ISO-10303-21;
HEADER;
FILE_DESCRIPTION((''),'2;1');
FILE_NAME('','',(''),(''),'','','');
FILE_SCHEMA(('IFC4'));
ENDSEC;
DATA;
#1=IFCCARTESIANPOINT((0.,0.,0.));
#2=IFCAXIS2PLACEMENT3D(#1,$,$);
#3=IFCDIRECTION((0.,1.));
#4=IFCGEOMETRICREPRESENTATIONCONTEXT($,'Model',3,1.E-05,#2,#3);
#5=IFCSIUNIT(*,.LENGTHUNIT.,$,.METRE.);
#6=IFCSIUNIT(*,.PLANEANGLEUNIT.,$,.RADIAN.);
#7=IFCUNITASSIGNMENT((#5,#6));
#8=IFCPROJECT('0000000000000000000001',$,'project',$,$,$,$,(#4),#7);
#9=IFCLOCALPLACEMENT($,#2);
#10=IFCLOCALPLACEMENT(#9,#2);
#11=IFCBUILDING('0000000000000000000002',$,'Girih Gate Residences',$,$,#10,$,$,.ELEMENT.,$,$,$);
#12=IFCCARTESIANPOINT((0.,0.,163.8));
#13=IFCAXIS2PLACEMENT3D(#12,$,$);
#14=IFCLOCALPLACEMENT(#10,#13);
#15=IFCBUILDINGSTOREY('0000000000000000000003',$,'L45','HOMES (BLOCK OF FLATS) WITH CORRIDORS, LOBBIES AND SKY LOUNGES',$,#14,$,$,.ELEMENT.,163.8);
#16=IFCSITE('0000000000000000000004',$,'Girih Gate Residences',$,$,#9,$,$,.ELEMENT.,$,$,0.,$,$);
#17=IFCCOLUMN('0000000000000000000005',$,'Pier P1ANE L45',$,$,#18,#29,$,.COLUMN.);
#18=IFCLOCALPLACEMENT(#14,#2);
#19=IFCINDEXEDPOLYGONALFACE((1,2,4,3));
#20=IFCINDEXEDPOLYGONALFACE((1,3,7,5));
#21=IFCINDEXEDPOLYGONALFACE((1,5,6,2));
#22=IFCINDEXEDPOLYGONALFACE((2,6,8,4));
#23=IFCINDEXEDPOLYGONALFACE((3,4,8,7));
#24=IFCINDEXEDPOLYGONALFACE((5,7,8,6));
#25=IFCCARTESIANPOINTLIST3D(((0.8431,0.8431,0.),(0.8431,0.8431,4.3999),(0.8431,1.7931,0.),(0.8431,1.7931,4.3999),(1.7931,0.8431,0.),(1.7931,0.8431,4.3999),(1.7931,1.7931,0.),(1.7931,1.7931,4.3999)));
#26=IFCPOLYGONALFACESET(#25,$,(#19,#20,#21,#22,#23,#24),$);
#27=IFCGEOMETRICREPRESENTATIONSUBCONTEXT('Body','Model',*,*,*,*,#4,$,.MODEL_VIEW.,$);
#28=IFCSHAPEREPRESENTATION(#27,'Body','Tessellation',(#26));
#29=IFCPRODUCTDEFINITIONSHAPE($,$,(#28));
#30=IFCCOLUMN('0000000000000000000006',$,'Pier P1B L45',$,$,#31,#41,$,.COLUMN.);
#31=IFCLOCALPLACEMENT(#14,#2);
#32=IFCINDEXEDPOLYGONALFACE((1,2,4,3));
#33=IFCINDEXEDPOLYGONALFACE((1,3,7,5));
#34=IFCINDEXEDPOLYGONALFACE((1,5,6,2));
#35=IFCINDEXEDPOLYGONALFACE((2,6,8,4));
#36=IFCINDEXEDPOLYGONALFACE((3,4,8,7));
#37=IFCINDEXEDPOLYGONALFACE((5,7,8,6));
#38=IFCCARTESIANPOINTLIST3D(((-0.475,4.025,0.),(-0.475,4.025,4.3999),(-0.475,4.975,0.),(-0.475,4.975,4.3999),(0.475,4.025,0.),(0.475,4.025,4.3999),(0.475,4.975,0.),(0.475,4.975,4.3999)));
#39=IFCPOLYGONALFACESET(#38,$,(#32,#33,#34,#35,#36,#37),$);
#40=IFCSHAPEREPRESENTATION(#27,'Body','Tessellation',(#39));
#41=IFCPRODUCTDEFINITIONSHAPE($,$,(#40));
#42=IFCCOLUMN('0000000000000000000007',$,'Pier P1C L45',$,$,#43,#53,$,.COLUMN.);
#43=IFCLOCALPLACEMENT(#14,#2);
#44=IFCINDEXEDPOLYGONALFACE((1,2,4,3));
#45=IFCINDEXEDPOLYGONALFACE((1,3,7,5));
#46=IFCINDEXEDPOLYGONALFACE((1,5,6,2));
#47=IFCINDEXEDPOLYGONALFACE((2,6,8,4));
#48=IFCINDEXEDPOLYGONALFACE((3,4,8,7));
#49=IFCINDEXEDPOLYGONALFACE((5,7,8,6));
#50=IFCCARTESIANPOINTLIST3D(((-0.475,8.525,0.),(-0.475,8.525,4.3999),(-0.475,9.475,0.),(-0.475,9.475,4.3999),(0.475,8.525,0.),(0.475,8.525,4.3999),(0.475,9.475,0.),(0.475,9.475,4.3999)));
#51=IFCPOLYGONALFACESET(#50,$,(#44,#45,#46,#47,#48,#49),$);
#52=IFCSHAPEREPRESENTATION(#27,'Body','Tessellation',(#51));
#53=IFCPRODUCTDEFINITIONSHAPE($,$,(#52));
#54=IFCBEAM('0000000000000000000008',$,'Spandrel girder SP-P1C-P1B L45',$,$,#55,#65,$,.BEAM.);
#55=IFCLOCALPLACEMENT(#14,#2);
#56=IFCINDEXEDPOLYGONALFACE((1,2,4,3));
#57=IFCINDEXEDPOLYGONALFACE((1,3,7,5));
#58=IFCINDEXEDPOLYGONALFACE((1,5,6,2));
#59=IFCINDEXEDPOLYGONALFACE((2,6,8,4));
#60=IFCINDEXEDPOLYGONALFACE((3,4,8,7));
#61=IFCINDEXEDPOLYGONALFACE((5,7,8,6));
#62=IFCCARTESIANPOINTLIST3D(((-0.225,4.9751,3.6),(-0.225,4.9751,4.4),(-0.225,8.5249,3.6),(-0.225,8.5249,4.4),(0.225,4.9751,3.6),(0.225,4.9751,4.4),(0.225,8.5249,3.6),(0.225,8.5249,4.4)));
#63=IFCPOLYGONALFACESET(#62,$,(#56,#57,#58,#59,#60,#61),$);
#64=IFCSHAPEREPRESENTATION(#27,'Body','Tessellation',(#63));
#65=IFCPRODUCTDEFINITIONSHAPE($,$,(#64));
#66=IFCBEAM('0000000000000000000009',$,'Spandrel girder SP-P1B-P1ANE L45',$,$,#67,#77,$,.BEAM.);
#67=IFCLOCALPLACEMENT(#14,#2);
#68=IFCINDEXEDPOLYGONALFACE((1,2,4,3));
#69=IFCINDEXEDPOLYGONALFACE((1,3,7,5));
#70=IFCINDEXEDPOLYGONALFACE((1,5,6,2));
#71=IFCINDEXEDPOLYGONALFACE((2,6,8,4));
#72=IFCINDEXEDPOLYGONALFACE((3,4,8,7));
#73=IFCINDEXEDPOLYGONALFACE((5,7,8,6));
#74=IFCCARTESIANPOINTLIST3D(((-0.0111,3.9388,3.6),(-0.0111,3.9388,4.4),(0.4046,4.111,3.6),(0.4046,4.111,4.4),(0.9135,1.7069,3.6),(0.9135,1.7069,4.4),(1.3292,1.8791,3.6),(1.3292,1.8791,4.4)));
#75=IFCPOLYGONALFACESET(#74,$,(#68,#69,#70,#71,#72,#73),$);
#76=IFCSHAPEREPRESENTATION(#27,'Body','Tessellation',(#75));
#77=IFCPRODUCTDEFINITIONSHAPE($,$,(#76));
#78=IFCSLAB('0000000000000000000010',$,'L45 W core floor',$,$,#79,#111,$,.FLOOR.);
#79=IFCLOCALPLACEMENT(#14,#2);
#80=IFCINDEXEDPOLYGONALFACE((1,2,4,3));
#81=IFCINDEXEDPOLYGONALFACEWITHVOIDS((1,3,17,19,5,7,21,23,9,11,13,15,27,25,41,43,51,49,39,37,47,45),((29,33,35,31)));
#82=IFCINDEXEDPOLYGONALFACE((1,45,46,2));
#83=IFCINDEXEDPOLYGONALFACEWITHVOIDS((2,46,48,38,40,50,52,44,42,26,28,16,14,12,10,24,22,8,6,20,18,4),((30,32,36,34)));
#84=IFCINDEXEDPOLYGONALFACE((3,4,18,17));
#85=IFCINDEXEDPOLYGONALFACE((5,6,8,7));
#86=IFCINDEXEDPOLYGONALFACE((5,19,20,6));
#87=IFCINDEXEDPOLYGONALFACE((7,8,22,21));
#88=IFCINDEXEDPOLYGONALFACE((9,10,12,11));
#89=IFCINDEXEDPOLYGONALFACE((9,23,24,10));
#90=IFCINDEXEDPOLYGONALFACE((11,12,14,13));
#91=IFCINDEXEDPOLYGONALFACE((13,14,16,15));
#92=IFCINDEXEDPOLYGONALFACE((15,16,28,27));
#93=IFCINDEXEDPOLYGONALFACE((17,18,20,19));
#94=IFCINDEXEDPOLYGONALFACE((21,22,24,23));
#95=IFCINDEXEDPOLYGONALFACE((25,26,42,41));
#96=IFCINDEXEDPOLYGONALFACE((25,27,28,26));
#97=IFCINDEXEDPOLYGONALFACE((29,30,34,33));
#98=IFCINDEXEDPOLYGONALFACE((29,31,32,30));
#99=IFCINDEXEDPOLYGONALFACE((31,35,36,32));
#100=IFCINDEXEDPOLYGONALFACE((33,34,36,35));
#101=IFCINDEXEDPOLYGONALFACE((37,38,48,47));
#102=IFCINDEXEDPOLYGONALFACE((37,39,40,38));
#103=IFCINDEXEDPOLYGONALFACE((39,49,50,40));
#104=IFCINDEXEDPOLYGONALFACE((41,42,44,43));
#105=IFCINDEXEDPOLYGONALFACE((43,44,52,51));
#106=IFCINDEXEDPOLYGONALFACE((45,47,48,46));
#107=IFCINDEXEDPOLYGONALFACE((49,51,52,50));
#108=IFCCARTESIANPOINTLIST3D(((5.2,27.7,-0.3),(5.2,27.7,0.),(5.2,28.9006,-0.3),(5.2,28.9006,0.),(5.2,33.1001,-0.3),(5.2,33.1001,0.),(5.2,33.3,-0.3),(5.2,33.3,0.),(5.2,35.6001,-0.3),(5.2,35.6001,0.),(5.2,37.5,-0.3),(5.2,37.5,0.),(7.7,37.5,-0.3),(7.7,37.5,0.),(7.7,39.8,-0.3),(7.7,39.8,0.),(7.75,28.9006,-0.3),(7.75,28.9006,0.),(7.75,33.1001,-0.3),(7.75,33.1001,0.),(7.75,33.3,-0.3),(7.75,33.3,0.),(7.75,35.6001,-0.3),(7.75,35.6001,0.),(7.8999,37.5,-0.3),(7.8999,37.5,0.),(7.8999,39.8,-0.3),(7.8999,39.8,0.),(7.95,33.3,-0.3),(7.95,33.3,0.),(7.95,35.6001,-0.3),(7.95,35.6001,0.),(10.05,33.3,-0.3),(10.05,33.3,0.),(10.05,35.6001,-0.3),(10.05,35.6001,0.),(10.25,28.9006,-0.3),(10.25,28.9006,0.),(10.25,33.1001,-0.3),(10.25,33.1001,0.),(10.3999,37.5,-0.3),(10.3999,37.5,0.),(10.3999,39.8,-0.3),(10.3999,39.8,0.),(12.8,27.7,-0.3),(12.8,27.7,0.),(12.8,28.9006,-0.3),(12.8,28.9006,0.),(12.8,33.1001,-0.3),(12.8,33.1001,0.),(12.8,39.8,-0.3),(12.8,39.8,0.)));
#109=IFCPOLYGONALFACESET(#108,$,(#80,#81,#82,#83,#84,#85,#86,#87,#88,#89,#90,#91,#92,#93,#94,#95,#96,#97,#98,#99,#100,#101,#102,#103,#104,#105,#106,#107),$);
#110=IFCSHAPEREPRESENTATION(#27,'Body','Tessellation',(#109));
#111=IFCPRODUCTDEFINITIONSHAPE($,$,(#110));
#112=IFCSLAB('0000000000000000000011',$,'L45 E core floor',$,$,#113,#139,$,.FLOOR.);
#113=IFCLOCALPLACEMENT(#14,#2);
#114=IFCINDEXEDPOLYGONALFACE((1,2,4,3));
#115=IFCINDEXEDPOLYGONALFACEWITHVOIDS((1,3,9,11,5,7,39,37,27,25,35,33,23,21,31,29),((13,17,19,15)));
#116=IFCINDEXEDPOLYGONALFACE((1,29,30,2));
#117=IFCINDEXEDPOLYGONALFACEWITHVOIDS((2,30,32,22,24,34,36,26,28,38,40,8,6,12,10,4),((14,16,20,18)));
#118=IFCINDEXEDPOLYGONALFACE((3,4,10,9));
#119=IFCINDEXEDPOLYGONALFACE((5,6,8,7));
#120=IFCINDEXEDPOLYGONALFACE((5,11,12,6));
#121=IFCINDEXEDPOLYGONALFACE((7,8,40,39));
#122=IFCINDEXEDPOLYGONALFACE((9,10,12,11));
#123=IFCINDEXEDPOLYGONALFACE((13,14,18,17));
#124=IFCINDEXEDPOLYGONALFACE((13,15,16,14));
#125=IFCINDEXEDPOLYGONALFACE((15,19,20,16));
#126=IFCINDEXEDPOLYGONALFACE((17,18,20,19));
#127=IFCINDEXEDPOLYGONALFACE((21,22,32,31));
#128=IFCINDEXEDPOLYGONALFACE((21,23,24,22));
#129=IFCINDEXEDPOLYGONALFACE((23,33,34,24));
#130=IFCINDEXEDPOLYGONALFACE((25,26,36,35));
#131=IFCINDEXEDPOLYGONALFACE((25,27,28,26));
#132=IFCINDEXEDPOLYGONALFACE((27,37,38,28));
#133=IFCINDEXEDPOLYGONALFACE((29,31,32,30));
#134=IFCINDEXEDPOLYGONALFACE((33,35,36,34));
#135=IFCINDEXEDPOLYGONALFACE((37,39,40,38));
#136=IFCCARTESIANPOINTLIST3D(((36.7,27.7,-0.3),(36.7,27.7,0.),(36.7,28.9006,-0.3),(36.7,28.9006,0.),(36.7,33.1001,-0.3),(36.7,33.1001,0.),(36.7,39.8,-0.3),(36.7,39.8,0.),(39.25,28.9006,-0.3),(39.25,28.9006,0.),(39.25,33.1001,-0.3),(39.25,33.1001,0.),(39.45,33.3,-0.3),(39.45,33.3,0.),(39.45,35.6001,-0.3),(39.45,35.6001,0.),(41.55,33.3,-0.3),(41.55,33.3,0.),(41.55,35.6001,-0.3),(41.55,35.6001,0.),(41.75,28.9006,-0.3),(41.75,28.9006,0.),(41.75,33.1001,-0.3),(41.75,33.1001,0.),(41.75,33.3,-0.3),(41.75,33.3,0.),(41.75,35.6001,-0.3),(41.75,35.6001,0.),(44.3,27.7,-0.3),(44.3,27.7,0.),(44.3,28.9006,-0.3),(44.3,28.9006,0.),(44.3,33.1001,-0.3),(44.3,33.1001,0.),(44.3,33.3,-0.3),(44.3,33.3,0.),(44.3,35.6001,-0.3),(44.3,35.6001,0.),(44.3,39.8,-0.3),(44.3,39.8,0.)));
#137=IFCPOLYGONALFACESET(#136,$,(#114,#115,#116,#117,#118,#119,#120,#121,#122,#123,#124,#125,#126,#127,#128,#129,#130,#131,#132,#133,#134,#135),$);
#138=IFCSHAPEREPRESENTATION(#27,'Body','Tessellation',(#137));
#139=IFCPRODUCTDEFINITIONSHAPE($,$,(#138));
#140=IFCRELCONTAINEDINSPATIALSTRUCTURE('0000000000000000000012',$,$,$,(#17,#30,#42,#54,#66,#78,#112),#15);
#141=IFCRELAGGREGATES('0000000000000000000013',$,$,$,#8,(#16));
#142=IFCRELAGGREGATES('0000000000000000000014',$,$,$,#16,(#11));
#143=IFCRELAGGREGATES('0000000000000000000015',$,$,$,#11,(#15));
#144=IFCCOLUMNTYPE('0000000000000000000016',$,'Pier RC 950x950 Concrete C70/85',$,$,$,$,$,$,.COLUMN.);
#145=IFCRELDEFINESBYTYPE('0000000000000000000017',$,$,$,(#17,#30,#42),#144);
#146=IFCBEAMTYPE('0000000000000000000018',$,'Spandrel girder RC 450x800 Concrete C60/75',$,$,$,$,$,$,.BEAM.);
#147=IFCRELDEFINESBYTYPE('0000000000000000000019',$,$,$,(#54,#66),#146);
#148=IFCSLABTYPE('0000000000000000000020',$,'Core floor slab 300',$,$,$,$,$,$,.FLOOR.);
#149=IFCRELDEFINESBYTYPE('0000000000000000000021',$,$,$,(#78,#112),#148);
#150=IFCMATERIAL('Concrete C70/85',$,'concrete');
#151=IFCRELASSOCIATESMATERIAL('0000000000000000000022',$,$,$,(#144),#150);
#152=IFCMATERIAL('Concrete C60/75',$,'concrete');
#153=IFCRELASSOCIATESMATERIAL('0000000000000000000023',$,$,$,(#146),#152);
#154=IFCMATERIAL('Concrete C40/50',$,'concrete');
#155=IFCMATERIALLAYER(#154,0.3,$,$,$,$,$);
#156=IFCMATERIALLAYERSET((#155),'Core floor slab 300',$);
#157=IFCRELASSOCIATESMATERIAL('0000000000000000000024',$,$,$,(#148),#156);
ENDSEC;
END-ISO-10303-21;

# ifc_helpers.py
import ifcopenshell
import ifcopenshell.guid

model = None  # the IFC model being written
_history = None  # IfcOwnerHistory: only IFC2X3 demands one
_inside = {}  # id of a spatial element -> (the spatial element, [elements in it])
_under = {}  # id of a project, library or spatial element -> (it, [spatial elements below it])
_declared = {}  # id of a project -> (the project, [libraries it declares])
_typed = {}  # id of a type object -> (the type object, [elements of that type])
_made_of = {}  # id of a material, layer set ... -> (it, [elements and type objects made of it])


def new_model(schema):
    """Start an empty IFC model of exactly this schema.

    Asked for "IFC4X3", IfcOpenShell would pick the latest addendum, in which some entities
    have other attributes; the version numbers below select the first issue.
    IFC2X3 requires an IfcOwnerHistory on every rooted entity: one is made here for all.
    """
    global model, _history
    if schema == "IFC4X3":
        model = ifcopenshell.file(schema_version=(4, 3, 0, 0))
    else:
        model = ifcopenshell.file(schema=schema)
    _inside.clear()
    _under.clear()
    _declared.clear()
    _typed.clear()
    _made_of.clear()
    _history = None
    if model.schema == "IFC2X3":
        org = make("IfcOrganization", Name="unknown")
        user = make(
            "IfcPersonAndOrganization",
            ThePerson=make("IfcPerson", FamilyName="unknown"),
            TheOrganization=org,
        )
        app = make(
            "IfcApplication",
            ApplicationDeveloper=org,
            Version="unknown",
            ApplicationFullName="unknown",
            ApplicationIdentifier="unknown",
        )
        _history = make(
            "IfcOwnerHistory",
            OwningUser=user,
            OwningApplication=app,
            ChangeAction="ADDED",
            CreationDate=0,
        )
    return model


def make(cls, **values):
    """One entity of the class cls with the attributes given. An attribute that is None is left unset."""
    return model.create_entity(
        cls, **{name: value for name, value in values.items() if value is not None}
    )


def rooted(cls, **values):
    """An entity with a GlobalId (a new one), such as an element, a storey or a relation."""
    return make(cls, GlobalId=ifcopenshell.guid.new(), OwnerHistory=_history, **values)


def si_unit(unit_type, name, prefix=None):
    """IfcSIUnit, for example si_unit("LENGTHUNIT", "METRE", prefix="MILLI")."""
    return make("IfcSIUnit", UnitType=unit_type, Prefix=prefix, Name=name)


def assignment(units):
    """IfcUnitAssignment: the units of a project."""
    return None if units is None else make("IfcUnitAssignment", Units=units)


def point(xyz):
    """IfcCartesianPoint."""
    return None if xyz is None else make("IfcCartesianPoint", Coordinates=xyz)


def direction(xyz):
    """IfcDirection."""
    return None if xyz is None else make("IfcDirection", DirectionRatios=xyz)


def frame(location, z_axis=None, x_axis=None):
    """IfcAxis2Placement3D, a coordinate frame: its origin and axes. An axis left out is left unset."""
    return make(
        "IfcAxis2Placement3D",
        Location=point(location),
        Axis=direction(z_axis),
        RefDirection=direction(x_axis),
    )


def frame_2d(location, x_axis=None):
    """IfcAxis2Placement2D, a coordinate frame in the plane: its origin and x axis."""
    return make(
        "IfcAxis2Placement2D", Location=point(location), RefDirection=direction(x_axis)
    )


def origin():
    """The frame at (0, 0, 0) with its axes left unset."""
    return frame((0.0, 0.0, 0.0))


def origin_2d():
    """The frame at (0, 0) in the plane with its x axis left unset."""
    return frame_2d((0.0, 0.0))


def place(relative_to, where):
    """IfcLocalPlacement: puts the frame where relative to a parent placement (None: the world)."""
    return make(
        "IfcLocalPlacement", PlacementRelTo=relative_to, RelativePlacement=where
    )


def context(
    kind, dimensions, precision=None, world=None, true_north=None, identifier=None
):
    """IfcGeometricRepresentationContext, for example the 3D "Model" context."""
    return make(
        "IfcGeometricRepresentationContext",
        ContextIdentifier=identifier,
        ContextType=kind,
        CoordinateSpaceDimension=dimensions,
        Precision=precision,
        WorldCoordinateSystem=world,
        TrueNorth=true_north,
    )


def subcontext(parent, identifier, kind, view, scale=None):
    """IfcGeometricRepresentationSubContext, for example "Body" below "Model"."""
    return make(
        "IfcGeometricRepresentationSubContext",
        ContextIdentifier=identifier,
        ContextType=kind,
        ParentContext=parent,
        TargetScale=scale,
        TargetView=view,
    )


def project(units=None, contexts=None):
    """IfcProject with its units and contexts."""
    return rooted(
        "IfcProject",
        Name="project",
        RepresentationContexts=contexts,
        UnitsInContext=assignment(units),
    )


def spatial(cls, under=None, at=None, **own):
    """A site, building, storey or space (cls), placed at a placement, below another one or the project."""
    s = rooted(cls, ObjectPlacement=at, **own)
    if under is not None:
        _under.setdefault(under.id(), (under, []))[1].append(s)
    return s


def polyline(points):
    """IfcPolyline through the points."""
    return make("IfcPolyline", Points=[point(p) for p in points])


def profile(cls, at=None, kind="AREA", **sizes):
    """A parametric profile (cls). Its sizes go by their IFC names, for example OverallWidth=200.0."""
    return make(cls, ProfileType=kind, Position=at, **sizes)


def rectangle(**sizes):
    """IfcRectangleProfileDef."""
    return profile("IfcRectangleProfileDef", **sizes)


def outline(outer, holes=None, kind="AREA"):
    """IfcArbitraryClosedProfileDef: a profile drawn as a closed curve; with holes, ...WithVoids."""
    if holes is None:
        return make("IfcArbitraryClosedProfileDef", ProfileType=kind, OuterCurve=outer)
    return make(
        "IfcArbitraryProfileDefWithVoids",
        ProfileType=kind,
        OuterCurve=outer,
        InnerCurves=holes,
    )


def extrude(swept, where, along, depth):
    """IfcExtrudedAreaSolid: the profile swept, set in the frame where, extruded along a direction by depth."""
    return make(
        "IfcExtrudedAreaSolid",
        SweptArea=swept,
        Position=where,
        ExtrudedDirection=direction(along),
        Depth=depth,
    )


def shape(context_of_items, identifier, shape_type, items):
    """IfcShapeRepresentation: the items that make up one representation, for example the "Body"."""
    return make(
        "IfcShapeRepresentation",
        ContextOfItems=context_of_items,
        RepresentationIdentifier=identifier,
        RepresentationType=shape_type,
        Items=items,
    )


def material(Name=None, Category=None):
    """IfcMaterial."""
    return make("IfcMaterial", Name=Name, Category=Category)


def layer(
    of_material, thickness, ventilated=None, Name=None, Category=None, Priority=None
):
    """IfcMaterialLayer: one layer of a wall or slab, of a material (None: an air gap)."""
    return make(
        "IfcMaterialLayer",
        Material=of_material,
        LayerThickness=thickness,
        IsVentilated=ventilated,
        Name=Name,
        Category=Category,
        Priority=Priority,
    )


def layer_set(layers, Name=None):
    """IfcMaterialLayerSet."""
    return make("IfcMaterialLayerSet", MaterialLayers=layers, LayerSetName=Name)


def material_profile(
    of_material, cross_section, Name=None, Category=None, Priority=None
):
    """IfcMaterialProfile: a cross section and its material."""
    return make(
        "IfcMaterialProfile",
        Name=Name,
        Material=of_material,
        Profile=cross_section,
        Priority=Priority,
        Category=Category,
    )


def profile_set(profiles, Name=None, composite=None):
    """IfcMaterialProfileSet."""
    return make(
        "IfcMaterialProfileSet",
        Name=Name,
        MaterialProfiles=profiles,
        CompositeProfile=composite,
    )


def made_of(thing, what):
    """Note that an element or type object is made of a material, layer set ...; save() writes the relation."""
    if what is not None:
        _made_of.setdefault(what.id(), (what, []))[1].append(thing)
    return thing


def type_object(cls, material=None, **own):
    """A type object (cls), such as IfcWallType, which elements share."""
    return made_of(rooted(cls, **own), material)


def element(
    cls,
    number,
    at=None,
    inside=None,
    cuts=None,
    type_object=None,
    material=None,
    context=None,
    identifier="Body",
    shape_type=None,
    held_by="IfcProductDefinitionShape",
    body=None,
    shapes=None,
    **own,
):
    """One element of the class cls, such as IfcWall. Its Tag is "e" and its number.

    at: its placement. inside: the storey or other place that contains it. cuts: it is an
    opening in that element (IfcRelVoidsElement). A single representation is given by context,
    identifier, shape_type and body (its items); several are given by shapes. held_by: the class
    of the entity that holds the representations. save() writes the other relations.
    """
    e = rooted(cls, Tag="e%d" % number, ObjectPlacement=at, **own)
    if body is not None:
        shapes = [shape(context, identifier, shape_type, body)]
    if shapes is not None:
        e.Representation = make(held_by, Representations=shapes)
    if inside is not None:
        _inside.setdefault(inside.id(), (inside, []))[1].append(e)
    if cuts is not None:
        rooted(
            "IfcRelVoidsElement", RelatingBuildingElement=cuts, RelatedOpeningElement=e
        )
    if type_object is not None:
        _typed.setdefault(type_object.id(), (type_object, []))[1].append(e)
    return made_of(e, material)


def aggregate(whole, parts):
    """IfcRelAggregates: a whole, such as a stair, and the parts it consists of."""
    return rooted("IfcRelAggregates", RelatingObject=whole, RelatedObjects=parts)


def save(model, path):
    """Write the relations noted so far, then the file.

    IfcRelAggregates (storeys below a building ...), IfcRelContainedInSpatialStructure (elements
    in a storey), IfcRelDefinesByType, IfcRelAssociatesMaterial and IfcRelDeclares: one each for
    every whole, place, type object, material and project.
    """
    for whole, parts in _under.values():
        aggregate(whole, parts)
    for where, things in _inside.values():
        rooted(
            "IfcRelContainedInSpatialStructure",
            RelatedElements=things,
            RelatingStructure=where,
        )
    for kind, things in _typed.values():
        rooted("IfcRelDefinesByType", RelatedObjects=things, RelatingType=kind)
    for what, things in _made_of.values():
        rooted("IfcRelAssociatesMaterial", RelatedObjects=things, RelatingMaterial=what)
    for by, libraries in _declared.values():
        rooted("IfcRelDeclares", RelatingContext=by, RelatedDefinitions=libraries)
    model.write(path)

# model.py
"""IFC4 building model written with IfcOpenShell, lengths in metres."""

from ifc_helpers import new_model, si_unit, direction, frame, origin, origin_2d, place, context, subcontext, project, spatial, polyline, rectangle, outline, extrude, material, layer, layer_set, material_profile, profile_set, type_object, element, save


model = new_model("IFC4")

# Units and contexts
model_context = context("Model", 3, precision=1e-05, world=origin(), true_north=direction((0.0, 1.0)))
body_context = subcontext(model_context, "Body", "Model", "MODEL_VIEW")
ifc_project = project(units=[si_unit("LENGTHUNIT", "METRE"), si_unit("PLANEANGLEUNIT", "RADIAN")], contexts=[model_context])

# Site, building, storey
site_placement = place(None, origin())
site = spatial("IfcSite", under=ifc_project, at=site_placement, Name="Girih Gate Residences", CompositionType="ELEMENT", RefElevation=0.0)
building_placement = place(site_placement, origin())
building = spatial("IfcBuilding", under=site, at=building_placement, Name="Girih Gate Residences", CompositionType="ELEMENT")
storey_placement = place(building_placement, frame((0.0, 0.0, 163.8)))
storey = spatial("IfcBuildingStorey", under=building, at=storey_placement, Name="L45", Description="HOMES (BLOCK OF FLATS) WITH CORRIDORS, LOBBIES AND SKY LOUNGES", CompositionType="ELEMENT", Elevation=163.8)

# Columns
ifc_material_1 = material(Name="Concrete C70/85", Category="concrete")
ifc_material_profile_1 = material_profile(ifc_material_1, rectangle(XDim=0.95, YDim=0.95, at=origin_2d()))
ifc_profile_set_1 = profile_set([ifc_material_profile_1], Name="Concrete C70/85")
column_type = type_object("IfcColumnType", Name="Pier RC 950x950 Concrete C70/85", PredefinedType="COLUMN", material=ifc_profile_set_1)
for number, where, z_axis, x_axis, name in (
    (1, (1.3181, 1.3181, 0.0), (0.0, 0.0, 1.0), (1.0, 0.0, 0.0), "Pier P1ANE L45"),
    (2, (0.0, 4.5, 0.0), (0.0, 0.0, 1.0), (1.0, 0.0, 0.0), "Pier P1B L45"),
    (3, (0.0, 9.0, 0.0), (0.0, 0.0, 1.0), (1.0, 0.0, 0.0), "Pier P1C L45"),
):
    element("IfcColumn", number, at=place(storey_placement, frame(where, z_axis=z_axis, x_axis=x_axis)), inside=storey, type_object=column_type, Name=name, PredefinedType="COLUMN", context=body_context, shape_type="SweptSolid", body=[
        extrude(rectangle(XDim=0.95, YDim=0.95, at=origin_2d()), origin(), (0.0, 0.0, 1.0), 4.3999),
    ])

# Beams
ifc_material_2 = material(Name="Concrete C60/75", Category="concrete")
ifc_material_profile_2 = material_profile(ifc_material_2, rectangle(XDim=0.45, YDim=0.8, at=origin_2d()))
ifc_profile_set_2 = profile_set([ifc_material_profile_2], Name="Concrete C60/75")
beam_type = type_object("IfcBeamType", Name="Spandrel girder RC 450x800 Concrete C60/75", PredefinedType="BEAM", material=ifc_profile_set_2)
beam_1_placement = place(storey_placement, frame((0.0, 8.5249, 4.0), z_axis=(0.0, -1.0, 0.0), x_axis=(1.0, 0.0, 0.0)))
element("IfcBeam", 4, at=beam_1_placement, inside=storey, type_object=beam_type, Name="Spandrel girder SP-P1C-P1B L45", PredefinedType="BEAM", context=body_context, shape_type="SweptSolid", body=[
    extrude(rectangle(XDim=0.45, YDim=0.8, at=origin_2d()), origin(), (0.0, 0.0, 1.0), 3.5498),
])
beam_2_placement = place(storey_placement, frame((0.1968, 4.0249, 4.0), z_axis=(0.382706, -0.92387, 0.0), x_axis=(0.92387, 0.382706, 0.0)))
element("IfcBeam", 5, at=beam_2_placement, inside=storey, type_object=beam_type, Name="Spandrel girder SP-P1B-P1ANE L45", PredefinedType="BEAM", context=body_context, shape_type="SweptSolid", body=[
    extrude(rectangle(XDim=0.45, YDim=0.8, at=origin_2d()), origin(), (0.0, 0.0, 1.0), 2.4158),
])

# Slabs
ifc_material_3 = material(Name="Concrete C40/50", Category="concrete")
ifc_layer_1 = layer(ifc_material_3, 0.3)
ifc_layer_set_1 = layer_set([ifc_layer_1], Name="Core floor slab 300")
slab_type_1 = type_object("IfcSlabType", Name="Core floor slab 300", PredefinedType="FLOOR", material=ifc_layer_set_1)
slab_1_placement = place(storey_placement, frame((0.0, 0.0, -0.3)))
element("IfcSlab", 6, at=slab_1_placement, inside=storey, type_object=slab_type_1, Name="L45 W core floor", PredefinedType="FLOOR", context=body_context, shape_type="SweptSolid", body=[
    extrude(outline(polyline([(12.8, 27.7), (5.2, 27.7), (5.2, 28.9006), (7.75, 28.9006), (7.75, 33.1001), (5.2, 33.1001), (5.2, 33.3), (7.75, 33.3), (7.75, 35.6001), (5.2, 35.6001), (5.2, 37.5), (7.7, 37.5), (7.7, 39.8), (7.8999, 39.8), (7.8999, 37.5), (10.3999, 37.5), (10.3999, 39.8), (12.8, 39.8), (12.8, 33.1001), (10.25, 33.1001), (10.25, 28.9006), (12.8, 28.9006), (12.8, 27.7)]), holes=[polyline([(7.95, 33.3), (10.05, 33.3), (10.05, 35.6001), (7.95, 35.6001), (7.95, 33.3)])]), origin(), (0.0, 0.0, 1.0), 0.3),
])
slab_2_placement = place(storey_placement, frame((0.0, 0.0, -0.3)))
element("IfcSlab", 7, at=slab_2_placement, inside=storey, type_object=slab_type_1, Name="L45 E core floor", PredefinedType="FLOOR", context=body_context, shape_type="SweptSolid", body=[
    extrude(outline(polyline([(44.3, 27.7), (36.7, 27.7), (36.7, 28.9006), (39.25, 28.9006), (39.25, 33.1001), (36.7, 33.1001), (36.7, 39.8), (44.3, 39.8), (44.3, 35.6001), (41.75, 35.6001), (41.75, 33.3), (44.3, 33.3), (44.3, 33.1001), (41.75, 33.1001), (41.75, 28.9006), (44.3, 28.9006), (44.3, 27.7)]), holes=[polyline([(39.45, 33.3), (41.55, 33.3), (41.55, 35.6001), (39.45, 35.6001), (39.45, 33.3)])]), origin(), (0.0, 0.0, 1.0), 0.3),
])

save(model, "model.ifc")
